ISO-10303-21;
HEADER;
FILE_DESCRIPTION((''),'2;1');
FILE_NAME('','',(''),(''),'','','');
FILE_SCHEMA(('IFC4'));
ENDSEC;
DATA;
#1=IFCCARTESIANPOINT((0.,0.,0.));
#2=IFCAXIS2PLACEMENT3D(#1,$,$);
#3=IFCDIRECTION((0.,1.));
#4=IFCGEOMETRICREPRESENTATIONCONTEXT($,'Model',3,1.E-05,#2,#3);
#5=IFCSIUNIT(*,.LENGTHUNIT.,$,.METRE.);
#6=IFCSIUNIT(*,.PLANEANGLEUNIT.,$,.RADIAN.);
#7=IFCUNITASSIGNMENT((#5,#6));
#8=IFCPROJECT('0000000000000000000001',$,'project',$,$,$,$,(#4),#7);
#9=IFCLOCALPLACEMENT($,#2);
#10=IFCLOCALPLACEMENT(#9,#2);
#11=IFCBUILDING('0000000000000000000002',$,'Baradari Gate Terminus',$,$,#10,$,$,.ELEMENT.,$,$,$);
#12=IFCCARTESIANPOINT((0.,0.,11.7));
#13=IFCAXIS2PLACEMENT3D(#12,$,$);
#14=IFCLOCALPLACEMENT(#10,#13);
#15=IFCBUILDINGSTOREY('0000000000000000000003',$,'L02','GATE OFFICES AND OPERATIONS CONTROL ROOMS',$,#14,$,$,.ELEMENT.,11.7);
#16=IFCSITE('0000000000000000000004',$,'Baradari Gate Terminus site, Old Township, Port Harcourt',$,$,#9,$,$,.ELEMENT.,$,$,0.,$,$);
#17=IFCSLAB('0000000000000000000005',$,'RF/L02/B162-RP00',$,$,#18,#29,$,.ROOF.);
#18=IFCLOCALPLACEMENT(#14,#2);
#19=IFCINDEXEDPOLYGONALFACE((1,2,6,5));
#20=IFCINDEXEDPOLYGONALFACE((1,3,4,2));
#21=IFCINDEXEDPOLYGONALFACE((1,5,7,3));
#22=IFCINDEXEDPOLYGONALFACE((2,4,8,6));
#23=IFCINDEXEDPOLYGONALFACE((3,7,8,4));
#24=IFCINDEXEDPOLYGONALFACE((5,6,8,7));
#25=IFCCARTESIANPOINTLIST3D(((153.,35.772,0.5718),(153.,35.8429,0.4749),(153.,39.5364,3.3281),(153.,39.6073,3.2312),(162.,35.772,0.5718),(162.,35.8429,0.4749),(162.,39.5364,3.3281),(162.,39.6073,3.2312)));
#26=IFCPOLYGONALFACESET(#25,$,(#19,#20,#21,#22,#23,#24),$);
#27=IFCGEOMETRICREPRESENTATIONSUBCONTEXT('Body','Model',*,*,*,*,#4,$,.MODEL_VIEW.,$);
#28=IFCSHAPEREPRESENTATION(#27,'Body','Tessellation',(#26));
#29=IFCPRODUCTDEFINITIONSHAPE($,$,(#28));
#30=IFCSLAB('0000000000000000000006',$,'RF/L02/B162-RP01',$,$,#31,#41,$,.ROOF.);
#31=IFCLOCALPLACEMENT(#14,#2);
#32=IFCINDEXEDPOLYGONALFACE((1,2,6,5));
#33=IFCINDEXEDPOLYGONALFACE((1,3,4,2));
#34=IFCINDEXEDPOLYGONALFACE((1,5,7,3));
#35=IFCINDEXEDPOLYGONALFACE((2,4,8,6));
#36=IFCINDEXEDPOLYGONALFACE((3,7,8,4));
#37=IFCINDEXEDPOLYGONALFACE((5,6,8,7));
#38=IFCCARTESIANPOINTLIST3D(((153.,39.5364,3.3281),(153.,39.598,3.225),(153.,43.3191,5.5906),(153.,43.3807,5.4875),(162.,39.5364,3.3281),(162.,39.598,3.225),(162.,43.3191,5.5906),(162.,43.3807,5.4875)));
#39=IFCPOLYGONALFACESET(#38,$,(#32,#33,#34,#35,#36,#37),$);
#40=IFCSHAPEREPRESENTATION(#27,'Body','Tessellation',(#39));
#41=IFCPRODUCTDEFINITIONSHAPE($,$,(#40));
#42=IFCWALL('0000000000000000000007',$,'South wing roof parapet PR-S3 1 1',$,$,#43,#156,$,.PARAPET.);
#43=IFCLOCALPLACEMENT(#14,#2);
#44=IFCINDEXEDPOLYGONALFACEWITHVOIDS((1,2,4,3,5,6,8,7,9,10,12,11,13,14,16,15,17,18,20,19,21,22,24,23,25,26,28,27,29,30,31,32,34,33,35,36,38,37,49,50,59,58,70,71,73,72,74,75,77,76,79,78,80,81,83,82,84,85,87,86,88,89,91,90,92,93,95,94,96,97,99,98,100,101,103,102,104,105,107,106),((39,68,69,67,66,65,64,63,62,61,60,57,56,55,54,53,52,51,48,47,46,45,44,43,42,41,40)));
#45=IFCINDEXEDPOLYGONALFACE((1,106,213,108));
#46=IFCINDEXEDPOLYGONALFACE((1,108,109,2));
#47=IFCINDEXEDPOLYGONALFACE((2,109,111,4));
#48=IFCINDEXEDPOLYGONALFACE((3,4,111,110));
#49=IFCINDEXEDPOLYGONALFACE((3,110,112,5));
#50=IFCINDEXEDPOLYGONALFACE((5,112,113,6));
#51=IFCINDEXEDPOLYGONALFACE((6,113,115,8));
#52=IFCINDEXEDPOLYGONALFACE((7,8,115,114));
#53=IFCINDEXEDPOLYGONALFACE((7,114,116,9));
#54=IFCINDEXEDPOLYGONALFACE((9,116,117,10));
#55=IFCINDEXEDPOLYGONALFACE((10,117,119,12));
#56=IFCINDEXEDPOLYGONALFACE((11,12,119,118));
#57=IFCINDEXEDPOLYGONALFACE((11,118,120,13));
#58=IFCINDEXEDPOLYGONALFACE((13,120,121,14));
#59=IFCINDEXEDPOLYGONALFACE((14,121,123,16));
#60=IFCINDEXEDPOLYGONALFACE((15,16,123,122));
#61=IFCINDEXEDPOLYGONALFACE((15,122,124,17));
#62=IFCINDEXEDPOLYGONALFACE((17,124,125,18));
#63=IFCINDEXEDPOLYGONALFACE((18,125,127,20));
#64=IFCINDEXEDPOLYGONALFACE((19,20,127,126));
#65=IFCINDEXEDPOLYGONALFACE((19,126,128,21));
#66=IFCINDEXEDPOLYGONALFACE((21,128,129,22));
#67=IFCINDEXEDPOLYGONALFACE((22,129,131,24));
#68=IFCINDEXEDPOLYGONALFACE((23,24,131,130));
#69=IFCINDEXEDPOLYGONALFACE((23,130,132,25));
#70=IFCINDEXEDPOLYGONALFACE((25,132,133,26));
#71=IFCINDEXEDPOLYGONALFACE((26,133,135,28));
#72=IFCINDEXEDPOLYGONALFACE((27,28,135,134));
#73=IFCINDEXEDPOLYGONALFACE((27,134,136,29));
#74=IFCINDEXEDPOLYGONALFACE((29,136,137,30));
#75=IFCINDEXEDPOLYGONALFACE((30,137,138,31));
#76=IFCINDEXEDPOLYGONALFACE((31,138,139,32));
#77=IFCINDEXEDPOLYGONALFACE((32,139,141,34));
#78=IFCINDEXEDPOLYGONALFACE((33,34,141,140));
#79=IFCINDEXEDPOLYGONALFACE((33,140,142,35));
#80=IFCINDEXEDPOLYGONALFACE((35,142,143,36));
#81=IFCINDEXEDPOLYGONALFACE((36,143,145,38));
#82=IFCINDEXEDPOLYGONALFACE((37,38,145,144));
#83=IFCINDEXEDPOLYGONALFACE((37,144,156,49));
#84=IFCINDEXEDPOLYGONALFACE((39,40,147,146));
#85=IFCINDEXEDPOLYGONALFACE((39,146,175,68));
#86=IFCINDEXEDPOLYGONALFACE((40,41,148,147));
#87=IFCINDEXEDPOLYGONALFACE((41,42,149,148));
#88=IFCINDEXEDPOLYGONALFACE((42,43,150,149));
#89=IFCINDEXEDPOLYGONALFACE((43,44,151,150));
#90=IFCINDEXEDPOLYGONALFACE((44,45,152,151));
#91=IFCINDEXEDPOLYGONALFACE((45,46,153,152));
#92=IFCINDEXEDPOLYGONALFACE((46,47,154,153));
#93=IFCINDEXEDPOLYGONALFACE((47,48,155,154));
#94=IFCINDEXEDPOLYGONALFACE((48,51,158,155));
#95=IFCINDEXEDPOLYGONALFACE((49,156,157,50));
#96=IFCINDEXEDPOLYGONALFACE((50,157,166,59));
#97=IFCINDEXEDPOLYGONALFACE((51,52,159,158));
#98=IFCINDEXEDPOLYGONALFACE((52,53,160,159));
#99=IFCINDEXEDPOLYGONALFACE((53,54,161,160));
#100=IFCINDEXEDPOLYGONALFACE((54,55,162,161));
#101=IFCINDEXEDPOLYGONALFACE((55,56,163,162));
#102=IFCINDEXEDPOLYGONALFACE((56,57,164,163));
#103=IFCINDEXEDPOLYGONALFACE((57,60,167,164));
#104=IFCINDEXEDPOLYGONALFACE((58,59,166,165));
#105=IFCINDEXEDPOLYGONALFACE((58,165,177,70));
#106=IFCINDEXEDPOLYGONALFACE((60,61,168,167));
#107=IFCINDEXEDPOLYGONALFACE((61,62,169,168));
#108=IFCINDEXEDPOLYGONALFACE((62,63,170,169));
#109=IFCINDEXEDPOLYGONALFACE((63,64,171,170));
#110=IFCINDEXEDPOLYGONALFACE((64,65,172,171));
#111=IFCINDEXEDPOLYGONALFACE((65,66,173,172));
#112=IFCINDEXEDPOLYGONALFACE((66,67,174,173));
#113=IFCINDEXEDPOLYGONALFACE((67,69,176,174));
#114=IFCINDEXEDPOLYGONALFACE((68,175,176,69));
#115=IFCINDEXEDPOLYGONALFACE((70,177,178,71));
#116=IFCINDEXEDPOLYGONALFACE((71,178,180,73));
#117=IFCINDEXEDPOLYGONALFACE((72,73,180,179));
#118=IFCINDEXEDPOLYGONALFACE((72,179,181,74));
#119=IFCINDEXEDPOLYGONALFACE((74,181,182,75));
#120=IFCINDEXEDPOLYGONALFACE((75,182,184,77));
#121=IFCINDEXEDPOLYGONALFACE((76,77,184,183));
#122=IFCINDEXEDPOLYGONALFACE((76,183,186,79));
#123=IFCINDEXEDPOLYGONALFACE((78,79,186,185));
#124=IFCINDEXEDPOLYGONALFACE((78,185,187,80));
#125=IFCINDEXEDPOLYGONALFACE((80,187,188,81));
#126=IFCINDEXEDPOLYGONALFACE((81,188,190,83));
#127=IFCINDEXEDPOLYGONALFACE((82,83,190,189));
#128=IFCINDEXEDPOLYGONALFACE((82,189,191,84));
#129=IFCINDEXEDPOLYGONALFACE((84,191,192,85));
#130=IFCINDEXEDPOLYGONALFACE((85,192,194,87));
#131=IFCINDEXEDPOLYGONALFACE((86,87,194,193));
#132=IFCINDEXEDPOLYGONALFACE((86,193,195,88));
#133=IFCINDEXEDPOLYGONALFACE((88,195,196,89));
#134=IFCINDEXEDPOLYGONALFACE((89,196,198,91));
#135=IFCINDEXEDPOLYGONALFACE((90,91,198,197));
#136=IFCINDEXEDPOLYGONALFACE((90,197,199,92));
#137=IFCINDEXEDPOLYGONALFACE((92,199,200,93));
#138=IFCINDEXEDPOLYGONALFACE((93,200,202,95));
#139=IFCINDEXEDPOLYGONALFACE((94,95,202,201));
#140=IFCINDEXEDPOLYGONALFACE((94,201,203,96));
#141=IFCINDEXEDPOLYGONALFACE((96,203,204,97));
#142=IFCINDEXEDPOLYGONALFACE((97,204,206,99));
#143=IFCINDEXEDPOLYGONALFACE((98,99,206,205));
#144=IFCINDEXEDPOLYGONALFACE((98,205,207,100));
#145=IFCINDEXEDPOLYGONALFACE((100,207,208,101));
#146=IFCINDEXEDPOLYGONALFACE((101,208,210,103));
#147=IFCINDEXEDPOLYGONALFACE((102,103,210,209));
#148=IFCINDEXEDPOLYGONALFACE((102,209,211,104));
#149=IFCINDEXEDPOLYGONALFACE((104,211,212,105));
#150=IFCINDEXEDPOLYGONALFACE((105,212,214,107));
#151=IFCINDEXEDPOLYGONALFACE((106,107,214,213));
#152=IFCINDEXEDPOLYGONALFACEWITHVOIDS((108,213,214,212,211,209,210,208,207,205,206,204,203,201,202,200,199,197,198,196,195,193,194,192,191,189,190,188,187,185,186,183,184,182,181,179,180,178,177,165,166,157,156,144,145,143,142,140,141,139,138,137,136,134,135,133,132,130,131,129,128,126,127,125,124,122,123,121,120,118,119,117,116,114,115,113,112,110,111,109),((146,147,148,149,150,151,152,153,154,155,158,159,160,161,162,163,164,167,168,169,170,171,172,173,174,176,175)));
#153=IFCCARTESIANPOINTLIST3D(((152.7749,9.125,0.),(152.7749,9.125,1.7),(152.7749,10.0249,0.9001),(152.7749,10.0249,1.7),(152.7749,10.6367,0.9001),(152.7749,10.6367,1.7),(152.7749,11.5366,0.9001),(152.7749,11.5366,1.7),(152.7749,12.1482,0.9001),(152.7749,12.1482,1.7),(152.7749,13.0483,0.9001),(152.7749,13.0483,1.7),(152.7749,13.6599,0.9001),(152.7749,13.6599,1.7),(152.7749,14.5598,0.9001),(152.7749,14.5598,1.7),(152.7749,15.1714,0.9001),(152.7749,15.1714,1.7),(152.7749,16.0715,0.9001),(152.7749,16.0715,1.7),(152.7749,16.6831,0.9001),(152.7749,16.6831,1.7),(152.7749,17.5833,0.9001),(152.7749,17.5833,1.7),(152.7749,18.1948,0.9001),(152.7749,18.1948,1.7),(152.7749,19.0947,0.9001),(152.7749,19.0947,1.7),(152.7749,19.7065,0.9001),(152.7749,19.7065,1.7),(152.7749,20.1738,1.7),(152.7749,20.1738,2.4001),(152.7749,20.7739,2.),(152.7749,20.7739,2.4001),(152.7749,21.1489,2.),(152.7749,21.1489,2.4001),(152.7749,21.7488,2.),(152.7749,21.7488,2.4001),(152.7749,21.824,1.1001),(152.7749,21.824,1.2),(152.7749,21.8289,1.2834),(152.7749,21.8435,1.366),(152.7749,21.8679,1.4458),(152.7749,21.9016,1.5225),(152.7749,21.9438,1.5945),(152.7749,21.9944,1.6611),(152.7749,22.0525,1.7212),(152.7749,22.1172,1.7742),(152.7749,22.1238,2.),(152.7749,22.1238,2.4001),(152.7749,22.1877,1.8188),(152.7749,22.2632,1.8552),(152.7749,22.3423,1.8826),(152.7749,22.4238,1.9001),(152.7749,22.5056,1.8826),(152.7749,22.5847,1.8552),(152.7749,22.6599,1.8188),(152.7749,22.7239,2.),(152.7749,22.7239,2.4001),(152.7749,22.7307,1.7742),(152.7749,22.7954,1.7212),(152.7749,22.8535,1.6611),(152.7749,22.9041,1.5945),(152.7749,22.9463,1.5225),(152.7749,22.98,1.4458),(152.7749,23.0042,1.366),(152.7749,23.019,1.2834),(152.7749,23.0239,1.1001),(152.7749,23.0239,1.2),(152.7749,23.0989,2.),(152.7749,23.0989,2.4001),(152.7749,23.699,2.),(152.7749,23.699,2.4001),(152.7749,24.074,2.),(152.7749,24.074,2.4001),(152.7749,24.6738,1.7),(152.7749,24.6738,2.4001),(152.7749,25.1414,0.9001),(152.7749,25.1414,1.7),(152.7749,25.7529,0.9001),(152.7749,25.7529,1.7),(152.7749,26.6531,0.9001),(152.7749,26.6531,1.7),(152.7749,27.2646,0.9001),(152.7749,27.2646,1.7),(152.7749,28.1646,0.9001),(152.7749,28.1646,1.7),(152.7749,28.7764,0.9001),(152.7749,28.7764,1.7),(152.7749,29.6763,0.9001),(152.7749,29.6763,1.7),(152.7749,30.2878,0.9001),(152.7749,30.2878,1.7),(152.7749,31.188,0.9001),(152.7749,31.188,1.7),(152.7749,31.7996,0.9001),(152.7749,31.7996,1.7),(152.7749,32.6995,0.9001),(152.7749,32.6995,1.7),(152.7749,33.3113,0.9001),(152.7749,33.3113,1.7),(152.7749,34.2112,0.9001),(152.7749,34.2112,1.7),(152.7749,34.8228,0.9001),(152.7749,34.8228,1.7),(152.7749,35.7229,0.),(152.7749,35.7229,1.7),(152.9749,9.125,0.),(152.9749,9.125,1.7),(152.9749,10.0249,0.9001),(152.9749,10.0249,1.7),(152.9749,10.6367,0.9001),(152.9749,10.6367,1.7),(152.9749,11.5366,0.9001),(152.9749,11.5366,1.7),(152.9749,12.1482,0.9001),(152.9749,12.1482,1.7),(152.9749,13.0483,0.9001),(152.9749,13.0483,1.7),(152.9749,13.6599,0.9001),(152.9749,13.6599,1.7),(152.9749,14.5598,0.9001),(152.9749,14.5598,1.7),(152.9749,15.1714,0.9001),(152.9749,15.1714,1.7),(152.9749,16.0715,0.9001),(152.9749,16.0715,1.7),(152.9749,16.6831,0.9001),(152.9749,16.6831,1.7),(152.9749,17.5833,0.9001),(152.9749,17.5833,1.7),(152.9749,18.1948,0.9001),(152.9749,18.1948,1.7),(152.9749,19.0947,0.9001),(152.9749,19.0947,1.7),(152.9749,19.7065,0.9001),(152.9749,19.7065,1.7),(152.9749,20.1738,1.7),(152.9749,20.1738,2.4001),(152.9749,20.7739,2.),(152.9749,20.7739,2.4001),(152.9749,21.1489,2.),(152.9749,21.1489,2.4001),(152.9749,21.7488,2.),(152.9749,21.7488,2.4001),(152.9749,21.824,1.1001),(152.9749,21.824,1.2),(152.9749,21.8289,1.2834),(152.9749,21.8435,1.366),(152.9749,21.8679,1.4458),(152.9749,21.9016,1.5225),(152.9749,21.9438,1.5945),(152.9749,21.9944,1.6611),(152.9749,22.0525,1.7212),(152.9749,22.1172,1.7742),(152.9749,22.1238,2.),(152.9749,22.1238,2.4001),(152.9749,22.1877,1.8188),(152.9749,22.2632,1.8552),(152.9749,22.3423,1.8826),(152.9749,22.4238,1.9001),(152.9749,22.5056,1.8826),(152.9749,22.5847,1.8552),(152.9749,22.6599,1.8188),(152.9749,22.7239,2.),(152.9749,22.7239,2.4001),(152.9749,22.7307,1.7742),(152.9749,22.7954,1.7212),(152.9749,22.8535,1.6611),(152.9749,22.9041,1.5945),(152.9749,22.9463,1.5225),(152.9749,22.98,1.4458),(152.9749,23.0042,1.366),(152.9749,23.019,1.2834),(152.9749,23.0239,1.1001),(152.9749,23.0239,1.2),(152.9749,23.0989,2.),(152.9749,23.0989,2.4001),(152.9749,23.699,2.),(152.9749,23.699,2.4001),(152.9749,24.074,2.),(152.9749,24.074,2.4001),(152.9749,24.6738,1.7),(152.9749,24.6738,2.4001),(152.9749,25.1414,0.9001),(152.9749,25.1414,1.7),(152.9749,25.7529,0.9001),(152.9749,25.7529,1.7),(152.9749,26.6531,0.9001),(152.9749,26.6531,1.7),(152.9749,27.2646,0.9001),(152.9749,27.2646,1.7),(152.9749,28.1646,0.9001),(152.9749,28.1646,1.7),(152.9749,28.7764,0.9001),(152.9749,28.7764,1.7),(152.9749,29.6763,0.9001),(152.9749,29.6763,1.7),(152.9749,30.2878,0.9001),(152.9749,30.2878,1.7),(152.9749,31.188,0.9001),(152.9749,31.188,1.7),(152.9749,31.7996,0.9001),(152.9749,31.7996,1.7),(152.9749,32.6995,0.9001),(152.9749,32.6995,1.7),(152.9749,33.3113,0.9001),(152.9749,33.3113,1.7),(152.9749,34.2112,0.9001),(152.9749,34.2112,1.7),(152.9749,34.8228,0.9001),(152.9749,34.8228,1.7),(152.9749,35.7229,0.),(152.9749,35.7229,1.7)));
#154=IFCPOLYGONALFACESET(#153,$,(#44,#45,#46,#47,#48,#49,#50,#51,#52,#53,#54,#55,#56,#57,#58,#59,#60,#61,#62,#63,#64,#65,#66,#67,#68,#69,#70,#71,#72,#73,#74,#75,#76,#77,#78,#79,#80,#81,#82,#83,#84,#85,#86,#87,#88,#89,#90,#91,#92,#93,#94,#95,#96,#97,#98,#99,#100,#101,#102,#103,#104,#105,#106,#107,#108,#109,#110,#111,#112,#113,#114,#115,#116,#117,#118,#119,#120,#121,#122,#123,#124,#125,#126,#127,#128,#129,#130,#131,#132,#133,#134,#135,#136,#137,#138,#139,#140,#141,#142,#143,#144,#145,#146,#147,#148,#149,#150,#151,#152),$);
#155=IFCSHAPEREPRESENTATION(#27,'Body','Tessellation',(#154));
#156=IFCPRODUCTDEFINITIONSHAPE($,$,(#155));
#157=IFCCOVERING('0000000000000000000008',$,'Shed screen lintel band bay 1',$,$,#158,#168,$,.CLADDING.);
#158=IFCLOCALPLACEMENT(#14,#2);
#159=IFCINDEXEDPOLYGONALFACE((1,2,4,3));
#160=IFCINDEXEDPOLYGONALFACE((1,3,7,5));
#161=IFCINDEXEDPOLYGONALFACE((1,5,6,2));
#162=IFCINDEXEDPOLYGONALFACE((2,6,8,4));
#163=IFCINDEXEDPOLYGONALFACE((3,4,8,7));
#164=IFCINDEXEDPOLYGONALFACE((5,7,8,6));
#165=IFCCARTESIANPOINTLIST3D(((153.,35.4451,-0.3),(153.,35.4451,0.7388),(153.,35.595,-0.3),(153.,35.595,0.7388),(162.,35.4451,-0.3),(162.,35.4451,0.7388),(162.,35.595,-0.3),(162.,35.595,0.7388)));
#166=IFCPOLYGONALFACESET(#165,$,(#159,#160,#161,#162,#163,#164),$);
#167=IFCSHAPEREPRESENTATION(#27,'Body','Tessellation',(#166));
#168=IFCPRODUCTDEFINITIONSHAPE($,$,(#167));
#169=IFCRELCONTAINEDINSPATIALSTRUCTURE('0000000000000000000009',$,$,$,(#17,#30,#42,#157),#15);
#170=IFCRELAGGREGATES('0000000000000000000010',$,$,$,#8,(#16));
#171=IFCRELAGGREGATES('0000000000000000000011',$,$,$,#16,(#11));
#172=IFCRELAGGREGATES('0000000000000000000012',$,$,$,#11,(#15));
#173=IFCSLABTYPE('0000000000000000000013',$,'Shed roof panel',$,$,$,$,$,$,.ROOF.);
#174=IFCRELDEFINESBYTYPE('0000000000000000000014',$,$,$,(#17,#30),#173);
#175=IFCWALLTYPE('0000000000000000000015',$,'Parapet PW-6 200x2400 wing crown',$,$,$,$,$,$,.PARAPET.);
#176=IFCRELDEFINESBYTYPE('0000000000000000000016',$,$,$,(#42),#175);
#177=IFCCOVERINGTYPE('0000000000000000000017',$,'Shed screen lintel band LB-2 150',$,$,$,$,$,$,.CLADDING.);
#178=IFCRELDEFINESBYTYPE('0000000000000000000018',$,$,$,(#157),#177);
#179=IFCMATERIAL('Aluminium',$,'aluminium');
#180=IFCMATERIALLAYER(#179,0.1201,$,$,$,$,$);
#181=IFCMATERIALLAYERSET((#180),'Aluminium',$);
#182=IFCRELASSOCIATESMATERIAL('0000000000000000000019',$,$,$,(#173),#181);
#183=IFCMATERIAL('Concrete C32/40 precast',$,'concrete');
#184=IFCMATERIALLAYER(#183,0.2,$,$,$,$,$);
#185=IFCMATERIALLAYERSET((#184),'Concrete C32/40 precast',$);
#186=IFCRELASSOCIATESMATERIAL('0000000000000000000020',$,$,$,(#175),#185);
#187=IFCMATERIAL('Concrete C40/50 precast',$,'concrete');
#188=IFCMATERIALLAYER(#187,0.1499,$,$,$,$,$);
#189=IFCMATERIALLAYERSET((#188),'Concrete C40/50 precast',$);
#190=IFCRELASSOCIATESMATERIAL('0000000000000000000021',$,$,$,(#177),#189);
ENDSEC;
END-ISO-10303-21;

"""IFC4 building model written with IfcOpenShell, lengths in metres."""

from ifc_helpers import new_model, si_unit, direction, frame, origin, place, context, subcontext, project, spatial, polyline, outline, extrude, material, layer, layer_set, type_object, element, save


model = new_model("IFC4")

# Units and contexts
model_context = context("Model", 3, precision=1e-05, world=origin(), true_north=direction((0.0, 1.0)))
body_context = subcontext(model_context, "Body", "Model", "MODEL_VIEW")
ifc_project = project(units=[si_unit("LENGTHUNIT", "METRE"), si_unit("PLANEANGLEUNIT", "RADIAN")], contexts=[model_context])

# Site, building, storey
site_placement = place(None, origin())
site = spatial("IfcSite", under=ifc_project, at=site_placement, Name="Baradari Gate Terminus site, Old Township, Port Harcourt", CompositionType="ELEMENT", RefElevation=0.0)
building_placement = place(site_placement, origin())
building = spatial("IfcBuilding", under=site, at=building_placement, Name="Baradari Gate Terminus", CompositionType="ELEMENT")
storey_placement = place(building_placement, frame((0.0, 0.0, 11.7)))
storey = spatial("IfcBuildingStorey", under=building, at=storey_placement, Name="L02", Description="GATE OFFICES AND OPERATIONS CONTROL ROOMS", CompositionType="ELEMENT", Elevation=11.7)

# Slabs
ifc_material_1 = material(Name="Aluminium", Category="aluminium")
ifc_layer_1 = layer(ifc_material_1, 0.1201)
ifc_layer_set_1 = layer_set([ifc_layer_1], Name="Aluminium")
slab_type = type_object("IfcSlabType", Name="Shed roof panel", PredefinedType="ROOF", material=ifc_layer_set_1)
slab_1_placement = place(storey_placement, frame((153.0, 35.772, 0.5718), z_axis=(0.0, -0.590776, 0.806836), x_axis=(1.0, 0.0, 0.0)))
element("IfcSlab", 1, at=slab_1_placement, inside=storey, type_object=slab_type, Name="RF/L02/B162-RP00", PredefinedType="ROOF", context=body_context, shape_type="SweptSolid", body=[
    extrude(outline(polyline([(0.0, 0.0), (9.0, 0.0), (9.0, 4.6656), (0.0, 4.6656), (0.0, 0.0)])), origin(), (0.0, 0.0, -1.0), 0.1201),
])
slab_2_placement = place(storey_placement, frame((153.0, 39.5364, 3.3281), z_axis=(0.0, -0.513298, 0.858211), x_axis=(1.0, 0.0, 0.0)))
element("IfcSlab", 2, at=slab_2_placement, inside=storey, type_object=slab_type, Name="RF/L02/B162-RP01", PredefinedType="ROOF", context=body_context, shape_type="SweptSolid", body=[
    extrude(outline(polyline([(0.0, 0.0), (9.0, 0.0), (9.0, 4.4077), (0.0, 4.4077), (0.0, 0.0)])), origin(), (0.0, 0.0, -1.0), 0.1201),
])

# Wall
ifc_material_2 = material(Name="Concrete C32/40 precast", Category="concrete")
ifc_layer_2 = layer(ifc_material_2, 0.2)
ifc_layer_set_2 = layer_set([ifc_layer_2], Name="Concrete C32/40 precast")
wall_type = type_object("IfcWallType", Name="Parapet PW-6 200x2400 wing crown", PredefinedType="PARAPET", material=ifc_layer_set_2)
wall_placement = place(storey_placement, frame((152.875, 9.125, 0.0), z_axis=(0.0, 0.0, 1.0), x_axis=(0.0, 1.0, 0.0)))
element("IfcWall", 3, at=wall_placement, inside=storey, type_object=wall_type, Name="South wing roof parapet PR-S3 1 1", PredefinedType="PARAPET", context=body_context, shape_type="SweptSolid", body=[
    extrude(outline(polyline([(6.9465, 0.9001), (6.9465, 1.7), (6.0464, 1.7), (6.0464, 0.9001), (5.4348, 0.9001), (5.4348, 1.7), (4.5349, 1.7), (4.5349, 0.9001), (3.9233, 0.9001), (3.9233, 1.7), (3.0232, 1.7), (3.0232, 0.9001), (2.4116, 0.9001), (2.4116, 1.7), (1.5117, 1.7), (1.5117, 0.9001), (0.8999, 0.9001), (0.8999, 1.7), (0.0, 1.7), (0.0, 0.0), (26.5979, 0.0), (26.5979, 1.7), (25.6978, 1.7), (25.6978, 0.9001), (25.0862, 0.9001), (25.0862, 1.7), (24.1863, 1.7), (24.1863, 0.9001), (23.5745, 0.9001), (23.5745, 1.7), (22.6746, 1.7), (22.6746, 0.9001), (22.063, 0.9001), (22.063, 1.7), (21.1628, 1.7), (21.1628, 0.9001), (20.5513, 0.9001), (20.5513, 1.7), (19.6514, 1.7), (19.6514, 0.9001), (19.0396, 0.9001), (19.0396, 1.7), (18.1396, 1.7), (18.1396, 0.9001), (17.5281, 0.9001), (17.5281, 1.7), (16.6279, 1.7), (16.6279, 0.9001), (16.0164, 0.9001), (16.0164, 1.7), (15.5488, 1.7), (15.5488, 2.4001), (14.949, 2.4001), (14.949, 2.0), (14.574, 2.0), (14.574, 2.4001), (13.9739, 2.4001), (13.9739, 2.0), (13.5989, 2.0), (13.5989, 2.4001), (12.9988, 2.4001), (12.9988, 2.0), (12.6238, 2.0), (12.6238, 2.4001), (12.0239, 2.4001), (12.0239, 2.0), (11.6489, 2.0), (11.6489, 2.4001), (11.0488, 2.4001), (11.0488, 1.7), (10.5815, 1.7), (10.5815, 0.9001), (9.9697, 0.9001), (9.9697, 1.7), (9.0698, 1.7), (9.0698, 0.9001), (8.4583, 0.9001), (8.4583, 1.7), (7.5581, 1.7), (7.5581, 0.9001), (6.9465, 0.9001)]), holes=[polyline([(12.699, 1.1001), (12.699, 1.2), (12.7039, 1.2834), (12.7185, 1.366), (12.7429, 1.4458), (12.7766, 1.5225), (12.8188, 1.5945), (12.8694, 1.6611), (12.9275, 1.7212), (12.9922, 1.7742), (13.0627, 1.8188), (13.1382, 1.8552), (13.2173, 1.8826), (13.2988, 1.9001), (13.3806, 1.8826), (13.4597, 1.8552), (13.5349, 1.8188), (13.6057, 1.7742), (13.6704, 1.7212), (13.7285, 1.6611), (13.7791, 1.5945), (13.8213, 1.5225), (13.855, 1.4458), (13.8792, 1.366), (13.894, 1.2834), (13.8989, 1.2), (13.8989, 1.1001), (12.699, 1.1001)])]), frame((0.0, 0.1001, 0.0), z_axis=(0.0, -1.0, 0.0), x_axis=(1.0, 0.0, 0.0)), (0.0, 0.0, 1.0), 0.2),
])

# Covering
ifc_material_3 = material(Name="Concrete C40/50 precast", Category="concrete")
ifc_layer_3 = layer(ifc_material_3, 0.1499)
ifc_layer_set_3 = layer_set([ifc_layer_3], Name="Concrete C40/50 precast")
covering_type = type_object("IfcCoveringType", Name="Shed screen lintel band LB-2 150", PredefinedType="CLADDING", material=ifc_layer_set_3)
covering_placement = place(storey_placement, frame((153.0, 35.52, -0.3), z_axis=(0.0, 0.0, 1.0), x_axis=(1.0, 0.0, 0.0)))
element("IfcCovering", 4, at=covering_placement, inside=storey, type_object=covering_type, Name="Shed screen lintel band bay 1", PredefinedType="CLADDING", context=body_context, shape_type="SweptSolid", body=[
    extrude(outline(polyline([(9.0, 0.0), (9.0, 1.0388), (0.0, 1.0388), (0.0, 0.0), (9.0, 0.0)])), frame((0.0, 0.075, 0.0), z_axis=(0.0, -1.0, 0.0), x_axis=(1.0, 0.0, 0.0)), (0.0, 0.0, 1.0), 0.1499),
])

save(model, "model.ifc")
